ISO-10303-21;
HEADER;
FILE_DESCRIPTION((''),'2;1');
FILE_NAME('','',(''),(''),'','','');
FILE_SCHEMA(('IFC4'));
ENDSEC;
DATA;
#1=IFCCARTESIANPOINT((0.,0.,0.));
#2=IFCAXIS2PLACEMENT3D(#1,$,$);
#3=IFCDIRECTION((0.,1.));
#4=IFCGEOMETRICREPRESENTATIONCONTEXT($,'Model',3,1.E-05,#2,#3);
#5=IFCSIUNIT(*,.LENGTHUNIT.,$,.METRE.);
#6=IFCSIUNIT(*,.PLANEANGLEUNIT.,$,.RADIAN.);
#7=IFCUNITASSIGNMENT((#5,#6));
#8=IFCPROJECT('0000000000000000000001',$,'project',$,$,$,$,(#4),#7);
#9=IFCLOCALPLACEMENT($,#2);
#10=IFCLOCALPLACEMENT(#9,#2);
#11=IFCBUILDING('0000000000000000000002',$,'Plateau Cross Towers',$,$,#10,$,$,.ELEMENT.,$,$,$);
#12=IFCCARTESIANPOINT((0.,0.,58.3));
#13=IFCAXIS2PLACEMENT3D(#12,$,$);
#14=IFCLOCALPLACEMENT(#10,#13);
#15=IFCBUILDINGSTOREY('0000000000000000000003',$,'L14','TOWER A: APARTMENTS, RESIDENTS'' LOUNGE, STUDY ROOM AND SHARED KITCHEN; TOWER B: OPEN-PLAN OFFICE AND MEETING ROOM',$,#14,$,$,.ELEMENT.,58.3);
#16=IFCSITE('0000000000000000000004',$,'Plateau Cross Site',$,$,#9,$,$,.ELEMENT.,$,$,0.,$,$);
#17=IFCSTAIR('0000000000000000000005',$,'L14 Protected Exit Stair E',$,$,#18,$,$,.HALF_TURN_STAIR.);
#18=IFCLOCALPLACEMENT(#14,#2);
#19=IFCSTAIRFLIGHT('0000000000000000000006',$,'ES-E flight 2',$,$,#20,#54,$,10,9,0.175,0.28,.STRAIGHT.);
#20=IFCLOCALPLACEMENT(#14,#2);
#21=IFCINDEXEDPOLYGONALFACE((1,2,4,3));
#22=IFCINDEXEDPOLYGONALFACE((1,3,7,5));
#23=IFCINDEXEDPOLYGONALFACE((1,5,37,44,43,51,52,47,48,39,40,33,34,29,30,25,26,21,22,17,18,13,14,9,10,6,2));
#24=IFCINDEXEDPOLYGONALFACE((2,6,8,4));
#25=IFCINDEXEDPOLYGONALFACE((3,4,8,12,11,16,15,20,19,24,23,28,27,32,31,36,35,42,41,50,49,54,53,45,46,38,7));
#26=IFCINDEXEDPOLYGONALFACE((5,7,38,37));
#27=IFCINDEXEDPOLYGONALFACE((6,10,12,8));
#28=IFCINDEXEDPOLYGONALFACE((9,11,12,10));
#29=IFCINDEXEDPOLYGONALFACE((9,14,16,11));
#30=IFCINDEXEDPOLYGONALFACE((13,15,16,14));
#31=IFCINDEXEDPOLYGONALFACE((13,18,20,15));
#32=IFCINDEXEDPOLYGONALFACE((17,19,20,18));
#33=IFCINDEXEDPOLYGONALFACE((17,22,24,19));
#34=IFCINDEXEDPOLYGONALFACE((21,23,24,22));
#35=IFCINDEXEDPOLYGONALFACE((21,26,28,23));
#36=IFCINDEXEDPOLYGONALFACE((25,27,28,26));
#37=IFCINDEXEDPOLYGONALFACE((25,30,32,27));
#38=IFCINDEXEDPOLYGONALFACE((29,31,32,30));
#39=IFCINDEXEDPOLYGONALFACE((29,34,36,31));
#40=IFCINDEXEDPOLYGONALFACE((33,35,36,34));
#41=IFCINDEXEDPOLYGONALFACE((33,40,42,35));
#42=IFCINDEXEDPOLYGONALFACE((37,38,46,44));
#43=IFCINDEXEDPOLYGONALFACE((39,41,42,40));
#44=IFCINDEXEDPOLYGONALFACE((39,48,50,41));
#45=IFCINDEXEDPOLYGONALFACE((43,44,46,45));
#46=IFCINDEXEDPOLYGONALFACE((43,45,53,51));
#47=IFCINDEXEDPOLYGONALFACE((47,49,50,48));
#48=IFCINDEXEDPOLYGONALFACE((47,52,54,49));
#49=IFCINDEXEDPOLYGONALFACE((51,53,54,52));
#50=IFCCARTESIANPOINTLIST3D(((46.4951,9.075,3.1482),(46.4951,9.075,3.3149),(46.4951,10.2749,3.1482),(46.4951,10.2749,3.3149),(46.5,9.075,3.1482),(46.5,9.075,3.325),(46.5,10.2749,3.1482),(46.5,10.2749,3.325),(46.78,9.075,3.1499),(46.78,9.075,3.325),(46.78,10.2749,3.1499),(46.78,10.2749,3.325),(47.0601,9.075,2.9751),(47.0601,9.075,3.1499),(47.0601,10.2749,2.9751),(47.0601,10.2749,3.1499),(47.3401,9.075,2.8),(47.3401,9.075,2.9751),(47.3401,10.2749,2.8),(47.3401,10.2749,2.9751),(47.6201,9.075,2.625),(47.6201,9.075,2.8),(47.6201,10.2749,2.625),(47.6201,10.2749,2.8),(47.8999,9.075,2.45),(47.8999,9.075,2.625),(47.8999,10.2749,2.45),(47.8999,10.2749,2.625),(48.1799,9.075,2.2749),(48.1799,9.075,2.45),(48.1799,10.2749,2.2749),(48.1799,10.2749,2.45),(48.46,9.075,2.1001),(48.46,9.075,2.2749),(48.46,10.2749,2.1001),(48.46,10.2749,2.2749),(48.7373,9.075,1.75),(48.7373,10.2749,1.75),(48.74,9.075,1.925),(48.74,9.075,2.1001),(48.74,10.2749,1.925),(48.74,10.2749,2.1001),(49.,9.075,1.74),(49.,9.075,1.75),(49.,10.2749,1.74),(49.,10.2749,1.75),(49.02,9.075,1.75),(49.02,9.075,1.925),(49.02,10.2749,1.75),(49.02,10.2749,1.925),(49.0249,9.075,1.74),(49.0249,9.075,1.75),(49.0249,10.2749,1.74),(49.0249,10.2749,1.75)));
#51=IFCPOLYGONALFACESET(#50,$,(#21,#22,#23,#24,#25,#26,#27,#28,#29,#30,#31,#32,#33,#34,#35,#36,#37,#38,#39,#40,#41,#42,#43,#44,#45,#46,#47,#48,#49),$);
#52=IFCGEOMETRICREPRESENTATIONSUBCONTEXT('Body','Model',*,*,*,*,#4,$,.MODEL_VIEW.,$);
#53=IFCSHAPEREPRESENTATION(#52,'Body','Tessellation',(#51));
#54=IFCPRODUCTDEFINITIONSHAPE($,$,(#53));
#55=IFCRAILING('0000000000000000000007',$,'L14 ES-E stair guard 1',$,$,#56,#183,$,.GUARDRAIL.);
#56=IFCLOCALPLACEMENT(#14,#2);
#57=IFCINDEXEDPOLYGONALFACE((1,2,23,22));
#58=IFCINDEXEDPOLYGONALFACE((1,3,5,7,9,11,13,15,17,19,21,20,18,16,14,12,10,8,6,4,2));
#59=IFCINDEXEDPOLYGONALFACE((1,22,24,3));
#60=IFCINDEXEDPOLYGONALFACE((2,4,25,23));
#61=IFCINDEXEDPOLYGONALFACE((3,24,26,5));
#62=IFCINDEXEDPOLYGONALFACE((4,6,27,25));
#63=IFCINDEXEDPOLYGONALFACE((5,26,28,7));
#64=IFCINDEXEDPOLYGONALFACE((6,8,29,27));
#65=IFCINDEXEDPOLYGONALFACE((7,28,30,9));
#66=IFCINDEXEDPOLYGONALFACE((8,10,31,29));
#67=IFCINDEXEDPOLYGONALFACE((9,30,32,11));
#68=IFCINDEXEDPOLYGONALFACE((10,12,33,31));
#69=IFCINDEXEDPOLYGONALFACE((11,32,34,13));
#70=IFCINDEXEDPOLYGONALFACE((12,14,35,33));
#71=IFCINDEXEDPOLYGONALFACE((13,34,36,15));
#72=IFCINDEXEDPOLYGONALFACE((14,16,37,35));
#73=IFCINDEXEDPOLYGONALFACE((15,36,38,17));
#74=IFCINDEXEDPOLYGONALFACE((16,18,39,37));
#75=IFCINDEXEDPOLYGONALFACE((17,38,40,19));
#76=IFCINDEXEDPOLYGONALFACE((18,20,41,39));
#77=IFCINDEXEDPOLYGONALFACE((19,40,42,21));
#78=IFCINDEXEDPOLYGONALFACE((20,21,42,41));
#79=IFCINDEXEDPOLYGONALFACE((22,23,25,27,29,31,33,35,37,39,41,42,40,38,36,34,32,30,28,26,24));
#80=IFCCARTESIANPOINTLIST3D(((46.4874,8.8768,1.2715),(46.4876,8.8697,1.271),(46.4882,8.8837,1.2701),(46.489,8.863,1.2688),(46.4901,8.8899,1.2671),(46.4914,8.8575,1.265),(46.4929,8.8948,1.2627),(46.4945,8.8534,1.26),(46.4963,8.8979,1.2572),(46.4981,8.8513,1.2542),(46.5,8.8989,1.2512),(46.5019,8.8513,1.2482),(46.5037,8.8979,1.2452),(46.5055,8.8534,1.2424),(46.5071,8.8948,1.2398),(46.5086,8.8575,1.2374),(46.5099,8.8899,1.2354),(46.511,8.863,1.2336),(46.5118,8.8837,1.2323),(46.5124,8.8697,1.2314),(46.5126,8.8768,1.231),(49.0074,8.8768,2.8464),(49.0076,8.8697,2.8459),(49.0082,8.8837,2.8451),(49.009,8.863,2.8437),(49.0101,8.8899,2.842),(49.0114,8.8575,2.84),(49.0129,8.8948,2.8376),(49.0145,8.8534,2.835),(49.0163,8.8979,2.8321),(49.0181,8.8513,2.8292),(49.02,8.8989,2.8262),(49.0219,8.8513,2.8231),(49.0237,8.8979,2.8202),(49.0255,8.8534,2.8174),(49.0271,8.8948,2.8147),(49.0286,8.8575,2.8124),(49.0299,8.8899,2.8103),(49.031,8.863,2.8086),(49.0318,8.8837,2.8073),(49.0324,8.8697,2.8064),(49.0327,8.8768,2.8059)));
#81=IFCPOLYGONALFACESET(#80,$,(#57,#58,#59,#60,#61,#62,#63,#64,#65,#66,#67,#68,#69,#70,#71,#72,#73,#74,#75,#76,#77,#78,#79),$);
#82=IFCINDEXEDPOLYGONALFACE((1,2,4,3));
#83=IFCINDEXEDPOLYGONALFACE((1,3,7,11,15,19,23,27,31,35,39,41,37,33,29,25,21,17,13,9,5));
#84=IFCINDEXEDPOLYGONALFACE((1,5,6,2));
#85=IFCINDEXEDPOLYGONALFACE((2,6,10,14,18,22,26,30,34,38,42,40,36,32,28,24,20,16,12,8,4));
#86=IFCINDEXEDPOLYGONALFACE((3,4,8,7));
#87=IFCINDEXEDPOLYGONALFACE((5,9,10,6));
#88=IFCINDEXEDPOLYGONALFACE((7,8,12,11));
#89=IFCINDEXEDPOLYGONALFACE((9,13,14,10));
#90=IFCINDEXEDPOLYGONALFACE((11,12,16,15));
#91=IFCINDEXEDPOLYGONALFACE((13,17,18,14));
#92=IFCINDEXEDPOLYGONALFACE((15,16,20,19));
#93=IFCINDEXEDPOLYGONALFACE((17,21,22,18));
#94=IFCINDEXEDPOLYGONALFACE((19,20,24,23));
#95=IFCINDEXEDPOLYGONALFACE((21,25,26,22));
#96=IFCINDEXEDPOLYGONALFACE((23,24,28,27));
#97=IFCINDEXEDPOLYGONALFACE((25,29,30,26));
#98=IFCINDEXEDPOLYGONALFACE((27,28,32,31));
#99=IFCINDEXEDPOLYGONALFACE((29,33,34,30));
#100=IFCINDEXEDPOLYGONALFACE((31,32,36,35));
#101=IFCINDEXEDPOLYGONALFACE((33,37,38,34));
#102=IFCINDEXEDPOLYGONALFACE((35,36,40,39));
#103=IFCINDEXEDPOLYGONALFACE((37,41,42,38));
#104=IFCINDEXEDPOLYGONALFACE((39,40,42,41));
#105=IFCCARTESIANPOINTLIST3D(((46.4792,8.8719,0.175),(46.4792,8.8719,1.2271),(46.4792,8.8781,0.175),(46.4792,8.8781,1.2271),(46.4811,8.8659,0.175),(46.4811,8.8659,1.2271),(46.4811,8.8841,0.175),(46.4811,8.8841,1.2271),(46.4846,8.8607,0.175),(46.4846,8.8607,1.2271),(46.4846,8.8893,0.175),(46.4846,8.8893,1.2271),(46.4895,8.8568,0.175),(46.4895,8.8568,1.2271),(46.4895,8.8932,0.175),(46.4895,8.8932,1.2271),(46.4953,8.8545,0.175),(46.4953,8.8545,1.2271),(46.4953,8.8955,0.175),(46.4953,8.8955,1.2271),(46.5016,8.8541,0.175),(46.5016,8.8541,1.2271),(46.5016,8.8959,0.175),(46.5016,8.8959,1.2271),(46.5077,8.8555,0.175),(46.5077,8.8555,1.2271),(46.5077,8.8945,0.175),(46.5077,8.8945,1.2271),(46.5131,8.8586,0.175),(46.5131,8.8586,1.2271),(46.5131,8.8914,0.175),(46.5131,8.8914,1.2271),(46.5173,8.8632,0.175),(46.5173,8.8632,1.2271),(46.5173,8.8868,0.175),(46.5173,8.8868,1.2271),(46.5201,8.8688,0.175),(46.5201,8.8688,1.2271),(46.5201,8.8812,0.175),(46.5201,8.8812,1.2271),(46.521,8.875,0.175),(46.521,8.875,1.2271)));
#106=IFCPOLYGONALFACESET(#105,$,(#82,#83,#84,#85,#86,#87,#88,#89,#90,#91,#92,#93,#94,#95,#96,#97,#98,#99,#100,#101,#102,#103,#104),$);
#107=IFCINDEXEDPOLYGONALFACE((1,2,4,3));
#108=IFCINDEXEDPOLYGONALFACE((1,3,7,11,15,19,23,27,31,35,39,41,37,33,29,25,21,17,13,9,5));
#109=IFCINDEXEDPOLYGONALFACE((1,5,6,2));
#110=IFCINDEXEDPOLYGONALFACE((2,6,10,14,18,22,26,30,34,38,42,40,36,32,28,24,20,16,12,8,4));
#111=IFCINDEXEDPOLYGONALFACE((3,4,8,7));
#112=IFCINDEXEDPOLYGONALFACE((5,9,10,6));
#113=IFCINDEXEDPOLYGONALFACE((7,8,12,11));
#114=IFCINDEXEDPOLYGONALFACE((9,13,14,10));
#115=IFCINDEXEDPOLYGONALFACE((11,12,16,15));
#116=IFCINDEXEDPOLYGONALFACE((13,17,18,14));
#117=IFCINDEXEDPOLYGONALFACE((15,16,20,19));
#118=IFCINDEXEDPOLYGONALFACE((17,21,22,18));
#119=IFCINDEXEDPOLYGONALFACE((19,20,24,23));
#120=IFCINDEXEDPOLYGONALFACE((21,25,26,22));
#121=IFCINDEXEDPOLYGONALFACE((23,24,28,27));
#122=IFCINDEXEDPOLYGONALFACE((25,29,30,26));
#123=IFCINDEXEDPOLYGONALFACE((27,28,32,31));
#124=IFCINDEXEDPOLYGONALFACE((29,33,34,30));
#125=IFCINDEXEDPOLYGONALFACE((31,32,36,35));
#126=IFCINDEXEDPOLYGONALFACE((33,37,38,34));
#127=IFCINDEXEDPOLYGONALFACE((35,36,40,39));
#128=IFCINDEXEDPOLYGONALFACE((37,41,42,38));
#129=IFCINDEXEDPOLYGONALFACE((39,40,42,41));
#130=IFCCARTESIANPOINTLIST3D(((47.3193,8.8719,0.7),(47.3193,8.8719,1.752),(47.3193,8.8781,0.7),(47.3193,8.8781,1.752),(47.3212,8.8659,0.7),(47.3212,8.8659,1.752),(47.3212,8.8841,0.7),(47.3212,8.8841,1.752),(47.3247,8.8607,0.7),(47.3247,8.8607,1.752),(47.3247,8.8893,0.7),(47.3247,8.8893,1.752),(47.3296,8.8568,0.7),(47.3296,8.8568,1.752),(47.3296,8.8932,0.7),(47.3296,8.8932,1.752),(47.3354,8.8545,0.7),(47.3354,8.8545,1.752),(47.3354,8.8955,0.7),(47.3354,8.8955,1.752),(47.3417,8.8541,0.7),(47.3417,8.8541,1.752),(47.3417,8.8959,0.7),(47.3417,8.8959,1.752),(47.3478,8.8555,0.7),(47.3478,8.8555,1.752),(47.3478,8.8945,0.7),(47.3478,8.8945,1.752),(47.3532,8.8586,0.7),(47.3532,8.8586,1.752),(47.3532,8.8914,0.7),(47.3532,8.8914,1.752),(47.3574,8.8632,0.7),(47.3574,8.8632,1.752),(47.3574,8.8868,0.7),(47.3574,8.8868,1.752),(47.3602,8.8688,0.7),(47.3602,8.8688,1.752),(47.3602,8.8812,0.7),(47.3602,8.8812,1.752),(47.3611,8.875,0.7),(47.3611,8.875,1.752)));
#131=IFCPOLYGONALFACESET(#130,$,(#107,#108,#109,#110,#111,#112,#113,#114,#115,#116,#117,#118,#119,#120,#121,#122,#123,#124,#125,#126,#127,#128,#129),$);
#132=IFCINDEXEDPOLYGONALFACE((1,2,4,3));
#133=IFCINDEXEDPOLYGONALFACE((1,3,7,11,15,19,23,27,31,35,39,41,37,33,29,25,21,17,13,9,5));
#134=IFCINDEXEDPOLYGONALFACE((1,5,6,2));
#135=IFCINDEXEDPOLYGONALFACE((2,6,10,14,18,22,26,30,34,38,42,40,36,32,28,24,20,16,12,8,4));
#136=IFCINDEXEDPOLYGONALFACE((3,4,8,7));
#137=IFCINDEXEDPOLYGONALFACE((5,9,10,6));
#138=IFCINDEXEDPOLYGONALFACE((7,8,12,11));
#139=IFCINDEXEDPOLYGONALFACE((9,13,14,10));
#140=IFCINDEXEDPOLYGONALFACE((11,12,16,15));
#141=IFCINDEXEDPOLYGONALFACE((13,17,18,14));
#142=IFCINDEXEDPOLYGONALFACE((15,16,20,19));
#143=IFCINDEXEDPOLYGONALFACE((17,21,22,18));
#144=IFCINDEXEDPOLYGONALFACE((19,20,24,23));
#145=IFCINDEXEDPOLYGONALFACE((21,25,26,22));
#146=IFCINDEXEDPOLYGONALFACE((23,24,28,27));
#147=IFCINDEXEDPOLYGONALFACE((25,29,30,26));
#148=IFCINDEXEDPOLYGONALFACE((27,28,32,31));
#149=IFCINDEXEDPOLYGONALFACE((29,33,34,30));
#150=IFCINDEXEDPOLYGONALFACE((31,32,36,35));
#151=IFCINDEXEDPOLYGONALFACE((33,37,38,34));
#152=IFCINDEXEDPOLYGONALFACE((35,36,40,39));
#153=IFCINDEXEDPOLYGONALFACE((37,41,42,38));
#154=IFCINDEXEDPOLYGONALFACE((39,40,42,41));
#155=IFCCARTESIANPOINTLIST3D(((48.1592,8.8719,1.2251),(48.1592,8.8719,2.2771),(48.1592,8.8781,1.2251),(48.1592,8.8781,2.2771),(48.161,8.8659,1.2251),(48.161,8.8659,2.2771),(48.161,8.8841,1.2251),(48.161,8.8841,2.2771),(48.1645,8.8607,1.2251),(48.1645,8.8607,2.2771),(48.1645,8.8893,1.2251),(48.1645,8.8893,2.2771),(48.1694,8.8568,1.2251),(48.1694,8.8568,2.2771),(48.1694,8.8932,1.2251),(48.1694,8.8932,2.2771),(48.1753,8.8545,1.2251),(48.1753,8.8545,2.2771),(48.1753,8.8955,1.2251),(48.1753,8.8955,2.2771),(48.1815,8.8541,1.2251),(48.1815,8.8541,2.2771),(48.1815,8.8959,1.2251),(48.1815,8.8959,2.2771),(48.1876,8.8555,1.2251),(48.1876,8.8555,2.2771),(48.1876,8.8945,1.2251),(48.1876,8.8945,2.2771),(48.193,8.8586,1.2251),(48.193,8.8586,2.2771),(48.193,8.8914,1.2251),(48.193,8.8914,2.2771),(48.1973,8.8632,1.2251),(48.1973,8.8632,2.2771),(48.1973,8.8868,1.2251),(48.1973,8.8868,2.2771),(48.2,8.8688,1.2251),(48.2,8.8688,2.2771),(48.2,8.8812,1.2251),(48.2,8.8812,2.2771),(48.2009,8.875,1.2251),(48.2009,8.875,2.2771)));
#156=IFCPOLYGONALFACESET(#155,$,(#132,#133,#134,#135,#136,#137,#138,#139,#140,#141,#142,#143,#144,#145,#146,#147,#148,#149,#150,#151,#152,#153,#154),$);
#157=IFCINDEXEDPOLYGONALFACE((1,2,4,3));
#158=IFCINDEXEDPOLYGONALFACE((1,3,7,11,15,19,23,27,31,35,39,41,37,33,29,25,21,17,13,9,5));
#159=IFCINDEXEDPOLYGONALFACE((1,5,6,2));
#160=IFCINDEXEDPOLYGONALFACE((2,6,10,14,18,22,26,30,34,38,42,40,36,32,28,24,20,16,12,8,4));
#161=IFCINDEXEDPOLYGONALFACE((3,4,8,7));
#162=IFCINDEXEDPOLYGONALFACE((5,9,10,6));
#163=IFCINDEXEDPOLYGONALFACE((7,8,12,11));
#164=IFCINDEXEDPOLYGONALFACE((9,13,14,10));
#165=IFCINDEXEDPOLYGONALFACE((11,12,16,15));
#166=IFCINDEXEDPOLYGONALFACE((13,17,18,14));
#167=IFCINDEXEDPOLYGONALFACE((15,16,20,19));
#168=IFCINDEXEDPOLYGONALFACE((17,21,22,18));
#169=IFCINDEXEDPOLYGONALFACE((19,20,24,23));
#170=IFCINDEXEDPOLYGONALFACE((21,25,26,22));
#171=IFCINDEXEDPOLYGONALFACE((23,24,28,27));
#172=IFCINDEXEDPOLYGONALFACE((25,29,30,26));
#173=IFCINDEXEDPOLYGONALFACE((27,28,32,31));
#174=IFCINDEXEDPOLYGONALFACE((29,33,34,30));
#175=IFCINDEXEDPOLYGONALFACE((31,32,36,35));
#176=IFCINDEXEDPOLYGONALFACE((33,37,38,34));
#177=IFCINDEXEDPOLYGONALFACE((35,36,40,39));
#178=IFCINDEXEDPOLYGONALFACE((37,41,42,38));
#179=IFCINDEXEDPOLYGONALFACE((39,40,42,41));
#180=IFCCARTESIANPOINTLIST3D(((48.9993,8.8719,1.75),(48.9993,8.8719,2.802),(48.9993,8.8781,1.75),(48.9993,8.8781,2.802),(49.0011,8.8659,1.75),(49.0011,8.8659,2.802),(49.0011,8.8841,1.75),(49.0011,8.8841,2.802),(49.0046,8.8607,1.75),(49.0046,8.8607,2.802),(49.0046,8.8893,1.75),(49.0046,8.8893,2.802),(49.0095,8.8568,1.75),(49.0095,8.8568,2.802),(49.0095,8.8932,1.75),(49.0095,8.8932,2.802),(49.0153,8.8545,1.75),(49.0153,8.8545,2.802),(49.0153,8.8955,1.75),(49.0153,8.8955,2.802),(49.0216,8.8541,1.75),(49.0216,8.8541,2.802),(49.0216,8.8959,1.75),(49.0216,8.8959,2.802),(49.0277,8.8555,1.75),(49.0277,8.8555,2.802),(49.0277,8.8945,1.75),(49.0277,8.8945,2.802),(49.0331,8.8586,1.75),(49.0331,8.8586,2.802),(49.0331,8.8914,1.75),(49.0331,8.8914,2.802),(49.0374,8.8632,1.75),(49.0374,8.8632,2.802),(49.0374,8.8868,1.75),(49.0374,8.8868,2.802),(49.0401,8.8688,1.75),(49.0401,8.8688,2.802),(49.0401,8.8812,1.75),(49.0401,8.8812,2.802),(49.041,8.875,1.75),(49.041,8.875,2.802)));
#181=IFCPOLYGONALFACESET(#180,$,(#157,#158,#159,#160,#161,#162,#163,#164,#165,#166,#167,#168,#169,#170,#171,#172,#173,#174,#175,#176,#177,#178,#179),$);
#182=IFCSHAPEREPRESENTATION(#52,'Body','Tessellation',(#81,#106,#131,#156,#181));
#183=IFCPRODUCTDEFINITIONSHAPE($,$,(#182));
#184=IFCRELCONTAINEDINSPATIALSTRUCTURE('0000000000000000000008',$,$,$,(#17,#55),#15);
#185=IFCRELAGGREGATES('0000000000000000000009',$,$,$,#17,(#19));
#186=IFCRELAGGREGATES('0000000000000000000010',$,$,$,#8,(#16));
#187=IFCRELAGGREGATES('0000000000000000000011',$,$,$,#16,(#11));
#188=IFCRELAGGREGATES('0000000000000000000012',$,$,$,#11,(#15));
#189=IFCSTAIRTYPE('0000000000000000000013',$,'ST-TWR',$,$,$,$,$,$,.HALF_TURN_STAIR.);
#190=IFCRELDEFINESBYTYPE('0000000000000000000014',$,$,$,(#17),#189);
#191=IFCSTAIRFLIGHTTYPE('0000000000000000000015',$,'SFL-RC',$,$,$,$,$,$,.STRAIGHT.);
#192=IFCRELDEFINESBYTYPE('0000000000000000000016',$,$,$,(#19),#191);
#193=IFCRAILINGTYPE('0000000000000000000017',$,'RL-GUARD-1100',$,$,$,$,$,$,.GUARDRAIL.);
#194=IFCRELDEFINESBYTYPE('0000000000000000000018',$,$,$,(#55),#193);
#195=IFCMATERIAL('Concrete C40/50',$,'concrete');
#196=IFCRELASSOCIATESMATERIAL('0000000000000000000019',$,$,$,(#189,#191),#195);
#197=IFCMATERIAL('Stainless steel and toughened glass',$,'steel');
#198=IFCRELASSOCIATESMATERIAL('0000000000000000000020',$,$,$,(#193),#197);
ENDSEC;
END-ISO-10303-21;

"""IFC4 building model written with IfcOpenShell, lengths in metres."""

from ifc_helpers import new_model, si_unit, direction, frame, origin, origin_2d, place, context, subcontext, project, spatial, polyline, circle, outline, extrude, material, type_object, element, aggregate, save


model = new_model("IFC4")

# Units and contexts
model_context = context("Model", 3, precision=1e-05, world=origin(), true_north=direction((0.0, 1.0)))
body_context = subcontext(model_context, "Body", "Model", "MODEL_VIEW")
ifc_project = project(units=[si_unit("LENGTHUNIT", "METRE"), si_unit("PLANEANGLEUNIT", "RADIAN")], contexts=[model_context])

# Site, building, storey
site_placement = place(None, origin())
site = spatial("IfcSite", under=ifc_project, at=site_placement, Name="Plateau Cross Site", CompositionType="ELEMENT", RefElevation=0.0)
building_placement = place(site_placement, origin())
building = spatial("IfcBuilding", under=site, at=building_placement, Name="Plateau Cross Towers", CompositionType="ELEMENT")
storey_placement = place(building_placement, frame((0.0, 0.0, 58.3)))
storey = spatial("IfcBuildingStorey", under=building, at=storey_placement, Name="L14", Description="TOWER A: APARTMENTS, RESIDENTS' LOUNGE, STUDY ROOM AND SHARED KITCHEN; TOWER B: OPEN-PLAN OFFICE AND MEETING ROOM", CompositionType="ELEMENT", Elevation=58.3)

# Stair, stair flight
ifc_material_1 = material(Name="Concrete C40/50", Category="concrete")
stair_type = type_object("IfcStairType", Name="ST-TWR", PredefinedType="HALF_TURN_STAIR", material=ifc_material_1)
stair_placement = place(storey_placement, origin())
stair = element("IfcStair", 1, at=stair_placement, inside=storey, type_object=stair_type, Name="L14 Protected Exit Stair E", PredefinedType="HALF_TURN_STAIR")
stair_flight_type = type_object("IfcStairFlightType", Name="SFL-RC", PredefinedType="STRAIGHT", material=ifc_material_1)
stair_flight_1_placement = place(storey_placement, frame((49.02, 9.675, 1.75), z_axis=(0.0, 0.0, 1.0), x_axis=(-1.0, 0.0, 0.0)))
stair_flight_1 = element("IfcStairFlight", 2, at=stair_flight_1_placement, type_object=stair_flight_type, Name="ES-E flight 2", NumberOfRisers=10, NumberOfTreads=9, PredefinedType="STRAIGHT", RiserHeight=0.175, TreadLength=0.28, context=body_context, shape_type="SweptSolid", body=[
    extrude(outline(polyline([(-0.0049, -0.01), (-0.0049, 0.0), (0.0, 0.0), (0.0, 0.175), (0.28, 0.175), (0.28, 0.3501), (0.5601, 0.3501), (0.5601, 0.5249), (0.8401, 0.5249), (0.8401, 0.7), (1.1201, 0.7), (1.1201, 0.875), (1.3999, 0.875), (1.3999, 1.05), (1.6799, 1.05), (1.6799, 1.2251), (1.96, 1.2251), (1.96, 1.3999), (2.24, 1.3999), (2.24, 1.575), (2.52, 1.575), (2.5249, 1.5649), (2.5249, 1.3982), (2.52, 1.3982), (0.2827, 0.0), (0.02, 0.0), (0.02, -0.01), (-0.0049, -0.01)])), frame((0.0, 0.6001, 0.0), z_axis=(0.0, -1.0, 0.0), x_axis=(1.0, 0.0, 0.0)), (0.0, 0.0, 1.0), 1.2),
])
aggregate(stair, [stair_flight_1])

# Railing
ifc_material_2 = material(Name="Stainless steel and toughened glass", Category="steel")
railing_type_1 = type_object("IfcRailingType", Name="RL-GUARD-1100", PredefinedType="GUARDRAIL", material=ifc_material_2)
railing_1_placement = place(storey_placement, frame((46.5, 8.875, 0.175)))
element("IfcRailing", 3, at=railing_1_placement, inside=storey, type_object=railing_type_1, Name="L14 ES-E stair guard 1", PredefinedType="GUARDRAIL", context=body_context, shape_type="SweptSolid", body=[
    extrude(circle(Radius=0.0239, at=origin_2d()), frame((0.0, 0.0, 1.0762), z_axis=(0.848008, 0.0, 0.529984), x_axis=(0.0, 1.0, 0.0)), (0.0, 0.0, 1.0), 2.9717),
    extrude(circle(Radius=0.021, at=origin_2d()), origin(), (0.0, 0.0, 1.0), 1.052),
    extrude(circle(Radius=0.021, at=origin_2d()), frame((0.8401, 0.0, 0.5249)), (0.0, 0.0, 1.0), 1.052),
    extrude(circle(Radius=0.021, at=origin_2d()), frame((1.6799, 0.0, 1.05)), (0.0, 0.0, 1.0), 1.052),
    extrude(circle(Radius=0.021, at=origin_2d()), frame((2.52, 0.0, 1.575)), (0.0, 0.0, 1.0), 1.052),
])

save(model, "model.ifc")
